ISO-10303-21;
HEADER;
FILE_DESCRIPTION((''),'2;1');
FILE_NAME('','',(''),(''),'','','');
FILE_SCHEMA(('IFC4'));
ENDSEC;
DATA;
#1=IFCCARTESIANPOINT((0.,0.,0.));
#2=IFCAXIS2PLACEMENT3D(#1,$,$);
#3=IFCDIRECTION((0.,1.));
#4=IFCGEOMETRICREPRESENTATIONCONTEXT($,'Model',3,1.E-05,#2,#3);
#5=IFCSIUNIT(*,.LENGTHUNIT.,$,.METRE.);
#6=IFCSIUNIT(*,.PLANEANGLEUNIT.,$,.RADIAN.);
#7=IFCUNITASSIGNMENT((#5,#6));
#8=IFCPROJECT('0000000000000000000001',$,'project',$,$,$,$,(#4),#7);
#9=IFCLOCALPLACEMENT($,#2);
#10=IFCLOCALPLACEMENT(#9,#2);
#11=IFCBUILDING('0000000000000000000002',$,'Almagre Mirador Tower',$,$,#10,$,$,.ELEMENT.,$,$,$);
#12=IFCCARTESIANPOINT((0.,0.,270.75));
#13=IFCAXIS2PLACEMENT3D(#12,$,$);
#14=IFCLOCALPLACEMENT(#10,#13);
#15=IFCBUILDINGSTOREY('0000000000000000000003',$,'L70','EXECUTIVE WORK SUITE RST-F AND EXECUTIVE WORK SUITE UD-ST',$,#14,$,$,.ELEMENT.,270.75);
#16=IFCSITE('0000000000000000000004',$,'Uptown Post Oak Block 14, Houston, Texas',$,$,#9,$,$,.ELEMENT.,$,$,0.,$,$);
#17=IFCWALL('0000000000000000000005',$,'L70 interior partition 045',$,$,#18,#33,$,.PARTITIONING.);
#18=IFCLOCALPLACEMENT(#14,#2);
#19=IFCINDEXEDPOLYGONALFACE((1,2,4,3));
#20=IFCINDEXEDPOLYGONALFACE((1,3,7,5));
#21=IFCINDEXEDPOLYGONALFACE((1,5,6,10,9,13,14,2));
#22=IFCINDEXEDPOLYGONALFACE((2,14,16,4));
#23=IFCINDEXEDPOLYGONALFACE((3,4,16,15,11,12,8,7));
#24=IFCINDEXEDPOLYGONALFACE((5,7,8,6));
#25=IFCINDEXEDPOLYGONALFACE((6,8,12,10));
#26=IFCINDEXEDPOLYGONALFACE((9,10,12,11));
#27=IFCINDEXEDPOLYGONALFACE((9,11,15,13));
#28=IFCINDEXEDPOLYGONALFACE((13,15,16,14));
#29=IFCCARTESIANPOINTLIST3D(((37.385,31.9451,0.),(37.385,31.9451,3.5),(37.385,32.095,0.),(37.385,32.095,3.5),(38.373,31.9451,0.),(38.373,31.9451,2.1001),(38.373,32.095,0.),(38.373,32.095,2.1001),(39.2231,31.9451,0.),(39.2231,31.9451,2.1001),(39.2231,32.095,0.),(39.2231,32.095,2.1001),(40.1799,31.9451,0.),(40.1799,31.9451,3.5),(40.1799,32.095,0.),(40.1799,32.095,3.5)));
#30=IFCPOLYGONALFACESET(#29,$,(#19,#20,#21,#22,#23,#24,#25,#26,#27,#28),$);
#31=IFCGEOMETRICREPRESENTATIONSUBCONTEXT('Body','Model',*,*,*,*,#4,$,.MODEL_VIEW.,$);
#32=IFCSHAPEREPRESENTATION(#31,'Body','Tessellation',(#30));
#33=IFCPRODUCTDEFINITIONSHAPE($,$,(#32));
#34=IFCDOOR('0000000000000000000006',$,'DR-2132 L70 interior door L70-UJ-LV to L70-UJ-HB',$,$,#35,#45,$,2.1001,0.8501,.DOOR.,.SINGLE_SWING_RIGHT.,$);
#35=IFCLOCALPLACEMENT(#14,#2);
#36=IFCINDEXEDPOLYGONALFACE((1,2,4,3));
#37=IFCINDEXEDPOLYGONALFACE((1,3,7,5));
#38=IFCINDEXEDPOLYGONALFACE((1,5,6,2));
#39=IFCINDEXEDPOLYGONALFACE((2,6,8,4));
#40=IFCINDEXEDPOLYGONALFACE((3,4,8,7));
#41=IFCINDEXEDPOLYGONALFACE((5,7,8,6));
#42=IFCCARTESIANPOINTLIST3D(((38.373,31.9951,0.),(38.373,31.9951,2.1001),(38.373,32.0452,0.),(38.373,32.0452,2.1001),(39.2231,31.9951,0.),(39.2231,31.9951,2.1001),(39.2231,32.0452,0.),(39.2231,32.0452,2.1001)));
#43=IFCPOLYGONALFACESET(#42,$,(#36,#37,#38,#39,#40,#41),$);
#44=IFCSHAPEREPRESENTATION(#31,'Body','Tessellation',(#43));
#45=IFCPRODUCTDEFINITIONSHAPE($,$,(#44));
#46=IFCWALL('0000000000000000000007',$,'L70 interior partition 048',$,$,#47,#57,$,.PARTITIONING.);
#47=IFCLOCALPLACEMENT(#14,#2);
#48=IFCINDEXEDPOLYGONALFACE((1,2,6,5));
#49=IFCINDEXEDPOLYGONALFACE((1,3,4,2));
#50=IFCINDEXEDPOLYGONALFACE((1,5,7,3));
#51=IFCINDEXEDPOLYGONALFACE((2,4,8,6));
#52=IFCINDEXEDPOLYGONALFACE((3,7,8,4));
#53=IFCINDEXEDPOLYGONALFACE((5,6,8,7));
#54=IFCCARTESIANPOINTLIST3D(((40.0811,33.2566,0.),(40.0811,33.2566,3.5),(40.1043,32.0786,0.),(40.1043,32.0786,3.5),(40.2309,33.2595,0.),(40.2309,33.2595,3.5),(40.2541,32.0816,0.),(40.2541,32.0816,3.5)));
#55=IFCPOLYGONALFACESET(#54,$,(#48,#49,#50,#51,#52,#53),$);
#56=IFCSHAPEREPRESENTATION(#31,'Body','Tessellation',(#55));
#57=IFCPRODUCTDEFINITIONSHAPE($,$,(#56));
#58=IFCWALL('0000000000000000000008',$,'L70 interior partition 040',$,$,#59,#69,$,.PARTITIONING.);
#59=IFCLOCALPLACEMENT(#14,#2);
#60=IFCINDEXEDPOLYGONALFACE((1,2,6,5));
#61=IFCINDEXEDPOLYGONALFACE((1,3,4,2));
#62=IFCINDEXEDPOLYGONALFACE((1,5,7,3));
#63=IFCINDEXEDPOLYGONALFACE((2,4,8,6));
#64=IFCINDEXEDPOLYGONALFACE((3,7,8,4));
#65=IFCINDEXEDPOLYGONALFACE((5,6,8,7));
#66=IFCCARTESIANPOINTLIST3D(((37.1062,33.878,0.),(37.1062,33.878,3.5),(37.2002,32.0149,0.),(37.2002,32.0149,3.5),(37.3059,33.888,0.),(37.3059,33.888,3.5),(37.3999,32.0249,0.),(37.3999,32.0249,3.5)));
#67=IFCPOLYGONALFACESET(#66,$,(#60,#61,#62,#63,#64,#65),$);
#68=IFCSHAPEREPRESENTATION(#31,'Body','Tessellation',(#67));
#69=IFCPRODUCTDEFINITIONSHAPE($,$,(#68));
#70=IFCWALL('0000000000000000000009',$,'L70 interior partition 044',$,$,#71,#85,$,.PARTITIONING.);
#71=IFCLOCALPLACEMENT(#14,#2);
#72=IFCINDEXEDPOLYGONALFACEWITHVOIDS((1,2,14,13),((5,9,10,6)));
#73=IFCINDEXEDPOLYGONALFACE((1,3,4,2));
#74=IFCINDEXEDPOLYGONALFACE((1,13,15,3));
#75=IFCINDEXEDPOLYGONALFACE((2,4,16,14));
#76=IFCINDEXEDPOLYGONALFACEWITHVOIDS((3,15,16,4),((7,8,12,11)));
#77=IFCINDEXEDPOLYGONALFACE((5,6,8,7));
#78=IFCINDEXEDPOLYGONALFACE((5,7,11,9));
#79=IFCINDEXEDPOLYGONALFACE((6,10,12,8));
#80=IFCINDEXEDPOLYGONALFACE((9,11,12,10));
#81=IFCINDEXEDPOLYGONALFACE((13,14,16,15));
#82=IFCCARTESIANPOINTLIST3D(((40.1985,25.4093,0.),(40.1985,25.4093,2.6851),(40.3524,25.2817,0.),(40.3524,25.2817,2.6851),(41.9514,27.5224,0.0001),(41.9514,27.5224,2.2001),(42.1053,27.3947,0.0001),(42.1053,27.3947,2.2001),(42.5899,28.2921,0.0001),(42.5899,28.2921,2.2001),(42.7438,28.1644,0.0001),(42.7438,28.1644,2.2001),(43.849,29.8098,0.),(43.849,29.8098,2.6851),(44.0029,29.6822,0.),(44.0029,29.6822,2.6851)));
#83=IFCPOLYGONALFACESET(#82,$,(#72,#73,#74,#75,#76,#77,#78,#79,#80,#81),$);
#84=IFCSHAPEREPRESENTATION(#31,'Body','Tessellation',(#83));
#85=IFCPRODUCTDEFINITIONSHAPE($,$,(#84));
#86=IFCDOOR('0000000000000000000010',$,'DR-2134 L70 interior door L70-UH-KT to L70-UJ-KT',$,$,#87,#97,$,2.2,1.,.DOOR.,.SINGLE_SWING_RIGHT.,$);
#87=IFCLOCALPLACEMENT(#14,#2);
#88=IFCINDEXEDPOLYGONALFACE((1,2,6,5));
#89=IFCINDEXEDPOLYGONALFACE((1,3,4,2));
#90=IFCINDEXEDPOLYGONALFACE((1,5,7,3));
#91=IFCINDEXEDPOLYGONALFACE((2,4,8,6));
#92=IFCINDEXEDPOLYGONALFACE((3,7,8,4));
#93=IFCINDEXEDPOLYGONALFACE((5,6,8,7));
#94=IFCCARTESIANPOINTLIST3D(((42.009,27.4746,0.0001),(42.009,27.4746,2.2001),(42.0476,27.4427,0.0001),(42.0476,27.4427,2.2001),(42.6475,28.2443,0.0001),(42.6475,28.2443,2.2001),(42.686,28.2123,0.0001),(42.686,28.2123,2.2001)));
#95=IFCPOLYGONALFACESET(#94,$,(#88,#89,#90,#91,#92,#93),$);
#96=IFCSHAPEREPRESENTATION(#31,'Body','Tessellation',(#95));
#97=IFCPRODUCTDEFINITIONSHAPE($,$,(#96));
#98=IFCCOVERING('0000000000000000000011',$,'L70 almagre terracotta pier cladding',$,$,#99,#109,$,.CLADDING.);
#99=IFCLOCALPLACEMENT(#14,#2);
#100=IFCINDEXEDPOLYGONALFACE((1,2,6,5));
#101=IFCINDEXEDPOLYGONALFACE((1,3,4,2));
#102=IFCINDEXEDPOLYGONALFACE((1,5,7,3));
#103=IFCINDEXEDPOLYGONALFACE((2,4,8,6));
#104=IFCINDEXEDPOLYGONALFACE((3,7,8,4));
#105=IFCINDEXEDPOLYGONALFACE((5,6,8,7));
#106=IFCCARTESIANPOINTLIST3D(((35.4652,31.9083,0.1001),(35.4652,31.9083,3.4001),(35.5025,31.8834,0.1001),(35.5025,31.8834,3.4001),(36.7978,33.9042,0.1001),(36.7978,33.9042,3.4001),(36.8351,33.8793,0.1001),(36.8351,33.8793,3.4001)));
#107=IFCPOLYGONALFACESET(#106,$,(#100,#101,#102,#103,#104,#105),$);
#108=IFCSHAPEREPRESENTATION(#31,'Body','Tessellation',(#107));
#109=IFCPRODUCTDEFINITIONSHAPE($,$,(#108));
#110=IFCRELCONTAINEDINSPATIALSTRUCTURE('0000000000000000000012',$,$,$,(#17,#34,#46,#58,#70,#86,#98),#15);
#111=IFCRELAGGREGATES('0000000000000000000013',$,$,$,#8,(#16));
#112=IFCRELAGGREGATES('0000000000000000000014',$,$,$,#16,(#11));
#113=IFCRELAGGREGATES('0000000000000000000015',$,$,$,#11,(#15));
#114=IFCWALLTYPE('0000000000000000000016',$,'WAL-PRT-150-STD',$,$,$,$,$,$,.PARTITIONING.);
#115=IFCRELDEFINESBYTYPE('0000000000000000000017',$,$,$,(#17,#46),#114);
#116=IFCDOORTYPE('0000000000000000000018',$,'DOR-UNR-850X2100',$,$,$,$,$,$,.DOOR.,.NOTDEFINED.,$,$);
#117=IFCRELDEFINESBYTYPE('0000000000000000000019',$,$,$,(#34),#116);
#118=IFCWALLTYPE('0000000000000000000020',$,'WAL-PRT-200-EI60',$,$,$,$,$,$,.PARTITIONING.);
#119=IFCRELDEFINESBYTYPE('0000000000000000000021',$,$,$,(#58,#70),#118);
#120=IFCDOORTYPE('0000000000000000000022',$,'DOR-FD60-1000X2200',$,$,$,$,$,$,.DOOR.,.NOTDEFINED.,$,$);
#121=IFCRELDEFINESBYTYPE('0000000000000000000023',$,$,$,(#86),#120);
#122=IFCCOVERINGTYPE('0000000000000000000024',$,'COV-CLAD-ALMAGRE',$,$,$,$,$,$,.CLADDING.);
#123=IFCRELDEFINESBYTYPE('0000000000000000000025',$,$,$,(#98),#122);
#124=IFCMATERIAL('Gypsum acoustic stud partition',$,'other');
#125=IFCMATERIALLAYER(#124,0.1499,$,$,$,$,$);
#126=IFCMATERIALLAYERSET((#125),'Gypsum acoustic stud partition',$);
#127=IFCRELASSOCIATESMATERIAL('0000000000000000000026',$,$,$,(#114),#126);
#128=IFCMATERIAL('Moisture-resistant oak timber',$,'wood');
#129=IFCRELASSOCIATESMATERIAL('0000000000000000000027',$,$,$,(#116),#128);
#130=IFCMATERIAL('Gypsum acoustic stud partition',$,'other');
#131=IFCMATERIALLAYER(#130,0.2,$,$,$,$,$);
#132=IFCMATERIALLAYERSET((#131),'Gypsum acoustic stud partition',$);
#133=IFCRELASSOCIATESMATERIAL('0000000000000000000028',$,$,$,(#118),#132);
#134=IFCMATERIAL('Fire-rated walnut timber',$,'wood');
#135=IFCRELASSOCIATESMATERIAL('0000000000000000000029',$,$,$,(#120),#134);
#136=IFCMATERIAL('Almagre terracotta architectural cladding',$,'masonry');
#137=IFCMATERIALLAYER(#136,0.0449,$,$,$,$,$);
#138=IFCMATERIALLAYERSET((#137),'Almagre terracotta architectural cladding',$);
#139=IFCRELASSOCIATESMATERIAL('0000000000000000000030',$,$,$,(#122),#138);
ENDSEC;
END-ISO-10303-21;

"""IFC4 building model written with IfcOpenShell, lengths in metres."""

from ifc_helpers import new_model, si_unit, direction, frame, frame_2d, origin, origin_2d, place, context, subcontext, project, spatial, rectangle, extrude, material, layer, layer_set, type_object, element, fill, save


model = new_model("IFC4")

# Units and contexts
model_context = context("Model", 3, precision=1e-05, world=origin(), true_north=direction((0.0, 1.0)))
body_context = subcontext(model_context, "Body", "Model", "MODEL_VIEW")
ifc_project = project(units=[si_unit("LENGTHUNIT", "METRE"), si_unit("PLANEANGLEUNIT", "RADIAN")], contexts=[model_context])

# Site, building, storey
site_placement = place(None, origin())
site = spatial("IfcSite", under=ifc_project, at=site_placement, Name="Uptown Post Oak Block 14, Houston, Texas", CompositionType="ELEMENT", RefElevation=0.0)
building_placement = place(site_placement, origin())
building = spatial("IfcBuilding", under=site, at=building_placement, Name="Almagre Mirador Tower", CompositionType="ELEMENT")
storey_placement = place(building_placement, frame((0.0, 0.0, 270.75)))
storey = spatial("IfcBuildingStorey", under=building, at=storey_placement, Name="L70", Description="EXECUTIVE WORK SUITE RST-F AND EXECUTIVE WORK SUITE UD-ST", CompositionType="ELEMENT", Elevation=270.75)

# Wall, opening, door
ifc_material_1 = material(Name="Gypsum acoustic stud partition", Category="other")
ifc_layer_1 = layer(ifc_material_1, 0.1499)
ifc_layer_set_1 = layer_set([ifc_layer_1], Name="Gypsum acoustic stud partition")
wall_type_1 = type_object("IfcWallType", Name="WAL-PRT-150-STD", PredefinedType="PARTITIONING", material=ifc_layer_set_1)
wall_1_placement = place(storey_placement, frame((40.1799, 32.02, 0.0), z_axis=(0.0, 0.0, 1.0), x_axis=(-1.0, 0.0, 0.0)))
wall_1 = element("IfcWall", 1, at=wall_1_placement, inside=storey, type_object=wall_type_1, Name="L70 interior partition 045", PredefinedType="PARTITIONING", context=body_context, shape_type="SweptSolid", body=[
    extrude(rectangle(XDim=2.7949, YDim=0.1499, at=frame_2d((1.3975, 0.0))), origin(), (0.0, 0.0, 1.0), 3.5),
])
opening_1_placement = place(wall_1_placement, frame((0.9568, 0.0, 0.0)))
opening_1 = element("IfcOpeningElement", 2, at=opening_1_placement, cuts=wall_1, PredefinedType="OPENING", context=body_context, shape_type="SweptSolid", body=[
    extrude(rectangle(XDim=0.8501, YDim=2.1001, at=frame_2d((0.425, 1.05))), frame((0.0, 0.085, 0.0), z_axis=(0.0, -1.0, 0.0), x_axis=(1.0, 0.0, 0.0)), (0.0, 0.0, 1.0), 0.1699),
])
ifc_material_2 = material(Name="Moisture-resistant oak timber", Category="wood")
door_type_1 = type_object("IfcDoorType", Name="DOR-UNR-850X2100", OperationType="NOTDEFINED", PredefinedType="DOOR", material=ifc_material_2)
door_1_placement = place(opening_1_placement, origin())
door_1 = element("IfcDoor", 3, at=door_1_placement, inside=storey, type_object=door_type_1, Name="DR-2132 L70 interior door L70-UJ-LV to L70-UJ-HB", OperationType="SINGLE_SWING_RIGHT", OverallHeight=2.1001, OverallWidth=0.8501, PredefinedType="DOOR", context=body_context, shape_type="SweptSolid", body=[
    extrude(rectangle(XDim=0.8501, YDim=2.1001, at=frame_2d((0.425, 1.05))), frame((0.0, 0.0249, 0.0), z_axis=(0.0, -1.0, 0.0), x_axis=(1.0, 0.0, 0.0)), (0.0, 0.0, 1.0), 0.05),
])
fill(opening_1, door_1)

# Walls
wall_2_placement = place(storey_placement, frame((40.1792, 32.0801, 0.0), z_axis=(0.0, 0.0, 1.0), x_axis=(-0.019685, 0.999806, 0.0)))
element("IfcWall", 4, at=wall_2_placement, inside=storey, type_object=wall_type_1, Name="L70 interior partition 048", PredefinedType="PARTITIONING", context=body_context, shape_type="SweptSolid", body=[
    extrude(rectangle(XDim=1.1782, YDim=0.1499, at=frame_2d((0.5891, 0.0))), origin(), (0.0, 0.0, 1.0), 3.5),
])
ifc_material_3 = material(Name="Gypsum acoustic stud partition", Category="other")
ifc_layer_2 = layer(ifc_material_3, 0.2)
ifc_layer_set_2 = layer_set([ifc_layer_2], Name="Gypsum acoustic stud partition")
wall_type_2 = type_object("IfcWallType", Name="WAL-PRT-200-EI60", PredefinedType="PARTITIONING", material=ifc_layer_set_2)
wall_3_placement = place(storey_placement, frame((37.3, 32.02, 0.0), z_axis=(0.0, 0.0, 1.0), x_axis=(-0.050388, 0.99873, 0.0)))
element("IfcWall", 5, at=wall_3_placement, inside=storey, type_object=wall_type_2, Name="L70 interior partition 040", PredefinedType="PARTITIONING", context=body_context, shape_type="SweptSolid", body=[
    extrude(rectangle(XDim=1.8655, YDim=0.2, at=frame_2d((0.9326, 0.0))), origin(), (0.0, 0.0, 1.0), 3.5),
])

# Wall, opening, door
wall_4_placement = place(storey_placement, frame((43.926, 29.7461, 0.0), z_axis=(0.0, 0.0, 1.0), x_axis=(-0.638469, -0.769647, 0.0)))
wall_4 = element("IfcWall", 6, at=wall_4_placement, inside=storey, type_object=wall_type_2, Name="L70 interior partition 044", PredefinedType="PARTITIONING", context=body_context, shape_type="SweptSolid", body=[
    extrude(rectangle(XDim=5.7175, YDim=0.2, at=frame_2d((2.8589, 0.0))), origin(), (0.0, 0.0, 1.0), 2.6851),
])
opening_2_placement = place(wall_4_placement, frame((1.9722, 0.0, 0.0)))
opening_2 = element("IfcOpeningElement", 7, at=opening_2_placement, cuts=wall_4, PredefinedType="OPENING", context=body_context, shape_type="SweptSolid", body=[
    extrude(rectangle(XDim=1.0, YDim=2.2, at=frame_2d((0.5, 1.1001))), frame((0.0, 0.1101, 0.0), z_axis=(0.0, -1.0, 0.0), x_axis=(1.0, 0.0, 0.0)), (0.0, 0.0, 1.0), 0.22),
])
ifc_material_4 = material(Name="Fire-rated walnut timber", Category="wood")
door_type_2 = type_object("IfcDoorType", Name="DOR-FD60-1000X2200", OperationType="NOTDEFINED", PredefinedType="DOOR", material=ifc_material_4)
door_2_placement = place(opening_2_placement, origin())
door_2 = element("IfcDoor", 8, at=door_2_placement, inside=storey, type_object=door_type_2, Name="DR-2134 L70 interior door L70-UH-KT to L70-UJ-KT", OperationType="SINGLE_SWING_RIGHT", OverallHeight=2.2, OverallWidth=1.0, PredefinedType="DOOR", context=body_context, shape_type="SweptSolid", body=[
    extrude(rectangle(XDim=1.0, YDim=2.2, at=frame_2d((0.5, 1.1001))), frame((0.0, 0.0249, 0.0), z_axis=(0.0, -1.0, 0.0), x_axis=(1.0, 0.0, 0.0)), (0.0, 0.0, 1.0), 0.05),
])
fill(opening_2, door_2)

# Covering
ifc_material_5 = material(Name="Almagre terracotta architectural cladding", Category="masonry")
ifc_layer_3 = layer(ifc_material_5, 0.0449)
ifc_layer_set_3 = layer_set([ifc_layer_3], Name="Almagre terracotta architectural cladding")
covering_type = type_object("IfcCoveringType", Name="COV-CLAD-ALMAGRE", PredefinedType="CLADDING", material=ifc_layer_set_3)
covering_placement = place(storey_placement, frame((36.1501, 32.8938, 0.1001), z_axis=(0.0, 0.0, 1.0), x_axis=(0.555265, 0.831673, 0.0)))
element("IfcCovering", 9, at=covering_placement, inside=storey, type_object=covering_type, Name="L70 almagre terracotta pier cladding", PredefinedType="CLADDING", context=body_context, shape_type="SweptSolid", body=[
    extrude(rectangle(XDim=2.3999, YDim=0.0449, at=origin_2d()), origin(), (0.0, 0.0, 1.0), 3.3),
])

save(model, "model.ifc")
